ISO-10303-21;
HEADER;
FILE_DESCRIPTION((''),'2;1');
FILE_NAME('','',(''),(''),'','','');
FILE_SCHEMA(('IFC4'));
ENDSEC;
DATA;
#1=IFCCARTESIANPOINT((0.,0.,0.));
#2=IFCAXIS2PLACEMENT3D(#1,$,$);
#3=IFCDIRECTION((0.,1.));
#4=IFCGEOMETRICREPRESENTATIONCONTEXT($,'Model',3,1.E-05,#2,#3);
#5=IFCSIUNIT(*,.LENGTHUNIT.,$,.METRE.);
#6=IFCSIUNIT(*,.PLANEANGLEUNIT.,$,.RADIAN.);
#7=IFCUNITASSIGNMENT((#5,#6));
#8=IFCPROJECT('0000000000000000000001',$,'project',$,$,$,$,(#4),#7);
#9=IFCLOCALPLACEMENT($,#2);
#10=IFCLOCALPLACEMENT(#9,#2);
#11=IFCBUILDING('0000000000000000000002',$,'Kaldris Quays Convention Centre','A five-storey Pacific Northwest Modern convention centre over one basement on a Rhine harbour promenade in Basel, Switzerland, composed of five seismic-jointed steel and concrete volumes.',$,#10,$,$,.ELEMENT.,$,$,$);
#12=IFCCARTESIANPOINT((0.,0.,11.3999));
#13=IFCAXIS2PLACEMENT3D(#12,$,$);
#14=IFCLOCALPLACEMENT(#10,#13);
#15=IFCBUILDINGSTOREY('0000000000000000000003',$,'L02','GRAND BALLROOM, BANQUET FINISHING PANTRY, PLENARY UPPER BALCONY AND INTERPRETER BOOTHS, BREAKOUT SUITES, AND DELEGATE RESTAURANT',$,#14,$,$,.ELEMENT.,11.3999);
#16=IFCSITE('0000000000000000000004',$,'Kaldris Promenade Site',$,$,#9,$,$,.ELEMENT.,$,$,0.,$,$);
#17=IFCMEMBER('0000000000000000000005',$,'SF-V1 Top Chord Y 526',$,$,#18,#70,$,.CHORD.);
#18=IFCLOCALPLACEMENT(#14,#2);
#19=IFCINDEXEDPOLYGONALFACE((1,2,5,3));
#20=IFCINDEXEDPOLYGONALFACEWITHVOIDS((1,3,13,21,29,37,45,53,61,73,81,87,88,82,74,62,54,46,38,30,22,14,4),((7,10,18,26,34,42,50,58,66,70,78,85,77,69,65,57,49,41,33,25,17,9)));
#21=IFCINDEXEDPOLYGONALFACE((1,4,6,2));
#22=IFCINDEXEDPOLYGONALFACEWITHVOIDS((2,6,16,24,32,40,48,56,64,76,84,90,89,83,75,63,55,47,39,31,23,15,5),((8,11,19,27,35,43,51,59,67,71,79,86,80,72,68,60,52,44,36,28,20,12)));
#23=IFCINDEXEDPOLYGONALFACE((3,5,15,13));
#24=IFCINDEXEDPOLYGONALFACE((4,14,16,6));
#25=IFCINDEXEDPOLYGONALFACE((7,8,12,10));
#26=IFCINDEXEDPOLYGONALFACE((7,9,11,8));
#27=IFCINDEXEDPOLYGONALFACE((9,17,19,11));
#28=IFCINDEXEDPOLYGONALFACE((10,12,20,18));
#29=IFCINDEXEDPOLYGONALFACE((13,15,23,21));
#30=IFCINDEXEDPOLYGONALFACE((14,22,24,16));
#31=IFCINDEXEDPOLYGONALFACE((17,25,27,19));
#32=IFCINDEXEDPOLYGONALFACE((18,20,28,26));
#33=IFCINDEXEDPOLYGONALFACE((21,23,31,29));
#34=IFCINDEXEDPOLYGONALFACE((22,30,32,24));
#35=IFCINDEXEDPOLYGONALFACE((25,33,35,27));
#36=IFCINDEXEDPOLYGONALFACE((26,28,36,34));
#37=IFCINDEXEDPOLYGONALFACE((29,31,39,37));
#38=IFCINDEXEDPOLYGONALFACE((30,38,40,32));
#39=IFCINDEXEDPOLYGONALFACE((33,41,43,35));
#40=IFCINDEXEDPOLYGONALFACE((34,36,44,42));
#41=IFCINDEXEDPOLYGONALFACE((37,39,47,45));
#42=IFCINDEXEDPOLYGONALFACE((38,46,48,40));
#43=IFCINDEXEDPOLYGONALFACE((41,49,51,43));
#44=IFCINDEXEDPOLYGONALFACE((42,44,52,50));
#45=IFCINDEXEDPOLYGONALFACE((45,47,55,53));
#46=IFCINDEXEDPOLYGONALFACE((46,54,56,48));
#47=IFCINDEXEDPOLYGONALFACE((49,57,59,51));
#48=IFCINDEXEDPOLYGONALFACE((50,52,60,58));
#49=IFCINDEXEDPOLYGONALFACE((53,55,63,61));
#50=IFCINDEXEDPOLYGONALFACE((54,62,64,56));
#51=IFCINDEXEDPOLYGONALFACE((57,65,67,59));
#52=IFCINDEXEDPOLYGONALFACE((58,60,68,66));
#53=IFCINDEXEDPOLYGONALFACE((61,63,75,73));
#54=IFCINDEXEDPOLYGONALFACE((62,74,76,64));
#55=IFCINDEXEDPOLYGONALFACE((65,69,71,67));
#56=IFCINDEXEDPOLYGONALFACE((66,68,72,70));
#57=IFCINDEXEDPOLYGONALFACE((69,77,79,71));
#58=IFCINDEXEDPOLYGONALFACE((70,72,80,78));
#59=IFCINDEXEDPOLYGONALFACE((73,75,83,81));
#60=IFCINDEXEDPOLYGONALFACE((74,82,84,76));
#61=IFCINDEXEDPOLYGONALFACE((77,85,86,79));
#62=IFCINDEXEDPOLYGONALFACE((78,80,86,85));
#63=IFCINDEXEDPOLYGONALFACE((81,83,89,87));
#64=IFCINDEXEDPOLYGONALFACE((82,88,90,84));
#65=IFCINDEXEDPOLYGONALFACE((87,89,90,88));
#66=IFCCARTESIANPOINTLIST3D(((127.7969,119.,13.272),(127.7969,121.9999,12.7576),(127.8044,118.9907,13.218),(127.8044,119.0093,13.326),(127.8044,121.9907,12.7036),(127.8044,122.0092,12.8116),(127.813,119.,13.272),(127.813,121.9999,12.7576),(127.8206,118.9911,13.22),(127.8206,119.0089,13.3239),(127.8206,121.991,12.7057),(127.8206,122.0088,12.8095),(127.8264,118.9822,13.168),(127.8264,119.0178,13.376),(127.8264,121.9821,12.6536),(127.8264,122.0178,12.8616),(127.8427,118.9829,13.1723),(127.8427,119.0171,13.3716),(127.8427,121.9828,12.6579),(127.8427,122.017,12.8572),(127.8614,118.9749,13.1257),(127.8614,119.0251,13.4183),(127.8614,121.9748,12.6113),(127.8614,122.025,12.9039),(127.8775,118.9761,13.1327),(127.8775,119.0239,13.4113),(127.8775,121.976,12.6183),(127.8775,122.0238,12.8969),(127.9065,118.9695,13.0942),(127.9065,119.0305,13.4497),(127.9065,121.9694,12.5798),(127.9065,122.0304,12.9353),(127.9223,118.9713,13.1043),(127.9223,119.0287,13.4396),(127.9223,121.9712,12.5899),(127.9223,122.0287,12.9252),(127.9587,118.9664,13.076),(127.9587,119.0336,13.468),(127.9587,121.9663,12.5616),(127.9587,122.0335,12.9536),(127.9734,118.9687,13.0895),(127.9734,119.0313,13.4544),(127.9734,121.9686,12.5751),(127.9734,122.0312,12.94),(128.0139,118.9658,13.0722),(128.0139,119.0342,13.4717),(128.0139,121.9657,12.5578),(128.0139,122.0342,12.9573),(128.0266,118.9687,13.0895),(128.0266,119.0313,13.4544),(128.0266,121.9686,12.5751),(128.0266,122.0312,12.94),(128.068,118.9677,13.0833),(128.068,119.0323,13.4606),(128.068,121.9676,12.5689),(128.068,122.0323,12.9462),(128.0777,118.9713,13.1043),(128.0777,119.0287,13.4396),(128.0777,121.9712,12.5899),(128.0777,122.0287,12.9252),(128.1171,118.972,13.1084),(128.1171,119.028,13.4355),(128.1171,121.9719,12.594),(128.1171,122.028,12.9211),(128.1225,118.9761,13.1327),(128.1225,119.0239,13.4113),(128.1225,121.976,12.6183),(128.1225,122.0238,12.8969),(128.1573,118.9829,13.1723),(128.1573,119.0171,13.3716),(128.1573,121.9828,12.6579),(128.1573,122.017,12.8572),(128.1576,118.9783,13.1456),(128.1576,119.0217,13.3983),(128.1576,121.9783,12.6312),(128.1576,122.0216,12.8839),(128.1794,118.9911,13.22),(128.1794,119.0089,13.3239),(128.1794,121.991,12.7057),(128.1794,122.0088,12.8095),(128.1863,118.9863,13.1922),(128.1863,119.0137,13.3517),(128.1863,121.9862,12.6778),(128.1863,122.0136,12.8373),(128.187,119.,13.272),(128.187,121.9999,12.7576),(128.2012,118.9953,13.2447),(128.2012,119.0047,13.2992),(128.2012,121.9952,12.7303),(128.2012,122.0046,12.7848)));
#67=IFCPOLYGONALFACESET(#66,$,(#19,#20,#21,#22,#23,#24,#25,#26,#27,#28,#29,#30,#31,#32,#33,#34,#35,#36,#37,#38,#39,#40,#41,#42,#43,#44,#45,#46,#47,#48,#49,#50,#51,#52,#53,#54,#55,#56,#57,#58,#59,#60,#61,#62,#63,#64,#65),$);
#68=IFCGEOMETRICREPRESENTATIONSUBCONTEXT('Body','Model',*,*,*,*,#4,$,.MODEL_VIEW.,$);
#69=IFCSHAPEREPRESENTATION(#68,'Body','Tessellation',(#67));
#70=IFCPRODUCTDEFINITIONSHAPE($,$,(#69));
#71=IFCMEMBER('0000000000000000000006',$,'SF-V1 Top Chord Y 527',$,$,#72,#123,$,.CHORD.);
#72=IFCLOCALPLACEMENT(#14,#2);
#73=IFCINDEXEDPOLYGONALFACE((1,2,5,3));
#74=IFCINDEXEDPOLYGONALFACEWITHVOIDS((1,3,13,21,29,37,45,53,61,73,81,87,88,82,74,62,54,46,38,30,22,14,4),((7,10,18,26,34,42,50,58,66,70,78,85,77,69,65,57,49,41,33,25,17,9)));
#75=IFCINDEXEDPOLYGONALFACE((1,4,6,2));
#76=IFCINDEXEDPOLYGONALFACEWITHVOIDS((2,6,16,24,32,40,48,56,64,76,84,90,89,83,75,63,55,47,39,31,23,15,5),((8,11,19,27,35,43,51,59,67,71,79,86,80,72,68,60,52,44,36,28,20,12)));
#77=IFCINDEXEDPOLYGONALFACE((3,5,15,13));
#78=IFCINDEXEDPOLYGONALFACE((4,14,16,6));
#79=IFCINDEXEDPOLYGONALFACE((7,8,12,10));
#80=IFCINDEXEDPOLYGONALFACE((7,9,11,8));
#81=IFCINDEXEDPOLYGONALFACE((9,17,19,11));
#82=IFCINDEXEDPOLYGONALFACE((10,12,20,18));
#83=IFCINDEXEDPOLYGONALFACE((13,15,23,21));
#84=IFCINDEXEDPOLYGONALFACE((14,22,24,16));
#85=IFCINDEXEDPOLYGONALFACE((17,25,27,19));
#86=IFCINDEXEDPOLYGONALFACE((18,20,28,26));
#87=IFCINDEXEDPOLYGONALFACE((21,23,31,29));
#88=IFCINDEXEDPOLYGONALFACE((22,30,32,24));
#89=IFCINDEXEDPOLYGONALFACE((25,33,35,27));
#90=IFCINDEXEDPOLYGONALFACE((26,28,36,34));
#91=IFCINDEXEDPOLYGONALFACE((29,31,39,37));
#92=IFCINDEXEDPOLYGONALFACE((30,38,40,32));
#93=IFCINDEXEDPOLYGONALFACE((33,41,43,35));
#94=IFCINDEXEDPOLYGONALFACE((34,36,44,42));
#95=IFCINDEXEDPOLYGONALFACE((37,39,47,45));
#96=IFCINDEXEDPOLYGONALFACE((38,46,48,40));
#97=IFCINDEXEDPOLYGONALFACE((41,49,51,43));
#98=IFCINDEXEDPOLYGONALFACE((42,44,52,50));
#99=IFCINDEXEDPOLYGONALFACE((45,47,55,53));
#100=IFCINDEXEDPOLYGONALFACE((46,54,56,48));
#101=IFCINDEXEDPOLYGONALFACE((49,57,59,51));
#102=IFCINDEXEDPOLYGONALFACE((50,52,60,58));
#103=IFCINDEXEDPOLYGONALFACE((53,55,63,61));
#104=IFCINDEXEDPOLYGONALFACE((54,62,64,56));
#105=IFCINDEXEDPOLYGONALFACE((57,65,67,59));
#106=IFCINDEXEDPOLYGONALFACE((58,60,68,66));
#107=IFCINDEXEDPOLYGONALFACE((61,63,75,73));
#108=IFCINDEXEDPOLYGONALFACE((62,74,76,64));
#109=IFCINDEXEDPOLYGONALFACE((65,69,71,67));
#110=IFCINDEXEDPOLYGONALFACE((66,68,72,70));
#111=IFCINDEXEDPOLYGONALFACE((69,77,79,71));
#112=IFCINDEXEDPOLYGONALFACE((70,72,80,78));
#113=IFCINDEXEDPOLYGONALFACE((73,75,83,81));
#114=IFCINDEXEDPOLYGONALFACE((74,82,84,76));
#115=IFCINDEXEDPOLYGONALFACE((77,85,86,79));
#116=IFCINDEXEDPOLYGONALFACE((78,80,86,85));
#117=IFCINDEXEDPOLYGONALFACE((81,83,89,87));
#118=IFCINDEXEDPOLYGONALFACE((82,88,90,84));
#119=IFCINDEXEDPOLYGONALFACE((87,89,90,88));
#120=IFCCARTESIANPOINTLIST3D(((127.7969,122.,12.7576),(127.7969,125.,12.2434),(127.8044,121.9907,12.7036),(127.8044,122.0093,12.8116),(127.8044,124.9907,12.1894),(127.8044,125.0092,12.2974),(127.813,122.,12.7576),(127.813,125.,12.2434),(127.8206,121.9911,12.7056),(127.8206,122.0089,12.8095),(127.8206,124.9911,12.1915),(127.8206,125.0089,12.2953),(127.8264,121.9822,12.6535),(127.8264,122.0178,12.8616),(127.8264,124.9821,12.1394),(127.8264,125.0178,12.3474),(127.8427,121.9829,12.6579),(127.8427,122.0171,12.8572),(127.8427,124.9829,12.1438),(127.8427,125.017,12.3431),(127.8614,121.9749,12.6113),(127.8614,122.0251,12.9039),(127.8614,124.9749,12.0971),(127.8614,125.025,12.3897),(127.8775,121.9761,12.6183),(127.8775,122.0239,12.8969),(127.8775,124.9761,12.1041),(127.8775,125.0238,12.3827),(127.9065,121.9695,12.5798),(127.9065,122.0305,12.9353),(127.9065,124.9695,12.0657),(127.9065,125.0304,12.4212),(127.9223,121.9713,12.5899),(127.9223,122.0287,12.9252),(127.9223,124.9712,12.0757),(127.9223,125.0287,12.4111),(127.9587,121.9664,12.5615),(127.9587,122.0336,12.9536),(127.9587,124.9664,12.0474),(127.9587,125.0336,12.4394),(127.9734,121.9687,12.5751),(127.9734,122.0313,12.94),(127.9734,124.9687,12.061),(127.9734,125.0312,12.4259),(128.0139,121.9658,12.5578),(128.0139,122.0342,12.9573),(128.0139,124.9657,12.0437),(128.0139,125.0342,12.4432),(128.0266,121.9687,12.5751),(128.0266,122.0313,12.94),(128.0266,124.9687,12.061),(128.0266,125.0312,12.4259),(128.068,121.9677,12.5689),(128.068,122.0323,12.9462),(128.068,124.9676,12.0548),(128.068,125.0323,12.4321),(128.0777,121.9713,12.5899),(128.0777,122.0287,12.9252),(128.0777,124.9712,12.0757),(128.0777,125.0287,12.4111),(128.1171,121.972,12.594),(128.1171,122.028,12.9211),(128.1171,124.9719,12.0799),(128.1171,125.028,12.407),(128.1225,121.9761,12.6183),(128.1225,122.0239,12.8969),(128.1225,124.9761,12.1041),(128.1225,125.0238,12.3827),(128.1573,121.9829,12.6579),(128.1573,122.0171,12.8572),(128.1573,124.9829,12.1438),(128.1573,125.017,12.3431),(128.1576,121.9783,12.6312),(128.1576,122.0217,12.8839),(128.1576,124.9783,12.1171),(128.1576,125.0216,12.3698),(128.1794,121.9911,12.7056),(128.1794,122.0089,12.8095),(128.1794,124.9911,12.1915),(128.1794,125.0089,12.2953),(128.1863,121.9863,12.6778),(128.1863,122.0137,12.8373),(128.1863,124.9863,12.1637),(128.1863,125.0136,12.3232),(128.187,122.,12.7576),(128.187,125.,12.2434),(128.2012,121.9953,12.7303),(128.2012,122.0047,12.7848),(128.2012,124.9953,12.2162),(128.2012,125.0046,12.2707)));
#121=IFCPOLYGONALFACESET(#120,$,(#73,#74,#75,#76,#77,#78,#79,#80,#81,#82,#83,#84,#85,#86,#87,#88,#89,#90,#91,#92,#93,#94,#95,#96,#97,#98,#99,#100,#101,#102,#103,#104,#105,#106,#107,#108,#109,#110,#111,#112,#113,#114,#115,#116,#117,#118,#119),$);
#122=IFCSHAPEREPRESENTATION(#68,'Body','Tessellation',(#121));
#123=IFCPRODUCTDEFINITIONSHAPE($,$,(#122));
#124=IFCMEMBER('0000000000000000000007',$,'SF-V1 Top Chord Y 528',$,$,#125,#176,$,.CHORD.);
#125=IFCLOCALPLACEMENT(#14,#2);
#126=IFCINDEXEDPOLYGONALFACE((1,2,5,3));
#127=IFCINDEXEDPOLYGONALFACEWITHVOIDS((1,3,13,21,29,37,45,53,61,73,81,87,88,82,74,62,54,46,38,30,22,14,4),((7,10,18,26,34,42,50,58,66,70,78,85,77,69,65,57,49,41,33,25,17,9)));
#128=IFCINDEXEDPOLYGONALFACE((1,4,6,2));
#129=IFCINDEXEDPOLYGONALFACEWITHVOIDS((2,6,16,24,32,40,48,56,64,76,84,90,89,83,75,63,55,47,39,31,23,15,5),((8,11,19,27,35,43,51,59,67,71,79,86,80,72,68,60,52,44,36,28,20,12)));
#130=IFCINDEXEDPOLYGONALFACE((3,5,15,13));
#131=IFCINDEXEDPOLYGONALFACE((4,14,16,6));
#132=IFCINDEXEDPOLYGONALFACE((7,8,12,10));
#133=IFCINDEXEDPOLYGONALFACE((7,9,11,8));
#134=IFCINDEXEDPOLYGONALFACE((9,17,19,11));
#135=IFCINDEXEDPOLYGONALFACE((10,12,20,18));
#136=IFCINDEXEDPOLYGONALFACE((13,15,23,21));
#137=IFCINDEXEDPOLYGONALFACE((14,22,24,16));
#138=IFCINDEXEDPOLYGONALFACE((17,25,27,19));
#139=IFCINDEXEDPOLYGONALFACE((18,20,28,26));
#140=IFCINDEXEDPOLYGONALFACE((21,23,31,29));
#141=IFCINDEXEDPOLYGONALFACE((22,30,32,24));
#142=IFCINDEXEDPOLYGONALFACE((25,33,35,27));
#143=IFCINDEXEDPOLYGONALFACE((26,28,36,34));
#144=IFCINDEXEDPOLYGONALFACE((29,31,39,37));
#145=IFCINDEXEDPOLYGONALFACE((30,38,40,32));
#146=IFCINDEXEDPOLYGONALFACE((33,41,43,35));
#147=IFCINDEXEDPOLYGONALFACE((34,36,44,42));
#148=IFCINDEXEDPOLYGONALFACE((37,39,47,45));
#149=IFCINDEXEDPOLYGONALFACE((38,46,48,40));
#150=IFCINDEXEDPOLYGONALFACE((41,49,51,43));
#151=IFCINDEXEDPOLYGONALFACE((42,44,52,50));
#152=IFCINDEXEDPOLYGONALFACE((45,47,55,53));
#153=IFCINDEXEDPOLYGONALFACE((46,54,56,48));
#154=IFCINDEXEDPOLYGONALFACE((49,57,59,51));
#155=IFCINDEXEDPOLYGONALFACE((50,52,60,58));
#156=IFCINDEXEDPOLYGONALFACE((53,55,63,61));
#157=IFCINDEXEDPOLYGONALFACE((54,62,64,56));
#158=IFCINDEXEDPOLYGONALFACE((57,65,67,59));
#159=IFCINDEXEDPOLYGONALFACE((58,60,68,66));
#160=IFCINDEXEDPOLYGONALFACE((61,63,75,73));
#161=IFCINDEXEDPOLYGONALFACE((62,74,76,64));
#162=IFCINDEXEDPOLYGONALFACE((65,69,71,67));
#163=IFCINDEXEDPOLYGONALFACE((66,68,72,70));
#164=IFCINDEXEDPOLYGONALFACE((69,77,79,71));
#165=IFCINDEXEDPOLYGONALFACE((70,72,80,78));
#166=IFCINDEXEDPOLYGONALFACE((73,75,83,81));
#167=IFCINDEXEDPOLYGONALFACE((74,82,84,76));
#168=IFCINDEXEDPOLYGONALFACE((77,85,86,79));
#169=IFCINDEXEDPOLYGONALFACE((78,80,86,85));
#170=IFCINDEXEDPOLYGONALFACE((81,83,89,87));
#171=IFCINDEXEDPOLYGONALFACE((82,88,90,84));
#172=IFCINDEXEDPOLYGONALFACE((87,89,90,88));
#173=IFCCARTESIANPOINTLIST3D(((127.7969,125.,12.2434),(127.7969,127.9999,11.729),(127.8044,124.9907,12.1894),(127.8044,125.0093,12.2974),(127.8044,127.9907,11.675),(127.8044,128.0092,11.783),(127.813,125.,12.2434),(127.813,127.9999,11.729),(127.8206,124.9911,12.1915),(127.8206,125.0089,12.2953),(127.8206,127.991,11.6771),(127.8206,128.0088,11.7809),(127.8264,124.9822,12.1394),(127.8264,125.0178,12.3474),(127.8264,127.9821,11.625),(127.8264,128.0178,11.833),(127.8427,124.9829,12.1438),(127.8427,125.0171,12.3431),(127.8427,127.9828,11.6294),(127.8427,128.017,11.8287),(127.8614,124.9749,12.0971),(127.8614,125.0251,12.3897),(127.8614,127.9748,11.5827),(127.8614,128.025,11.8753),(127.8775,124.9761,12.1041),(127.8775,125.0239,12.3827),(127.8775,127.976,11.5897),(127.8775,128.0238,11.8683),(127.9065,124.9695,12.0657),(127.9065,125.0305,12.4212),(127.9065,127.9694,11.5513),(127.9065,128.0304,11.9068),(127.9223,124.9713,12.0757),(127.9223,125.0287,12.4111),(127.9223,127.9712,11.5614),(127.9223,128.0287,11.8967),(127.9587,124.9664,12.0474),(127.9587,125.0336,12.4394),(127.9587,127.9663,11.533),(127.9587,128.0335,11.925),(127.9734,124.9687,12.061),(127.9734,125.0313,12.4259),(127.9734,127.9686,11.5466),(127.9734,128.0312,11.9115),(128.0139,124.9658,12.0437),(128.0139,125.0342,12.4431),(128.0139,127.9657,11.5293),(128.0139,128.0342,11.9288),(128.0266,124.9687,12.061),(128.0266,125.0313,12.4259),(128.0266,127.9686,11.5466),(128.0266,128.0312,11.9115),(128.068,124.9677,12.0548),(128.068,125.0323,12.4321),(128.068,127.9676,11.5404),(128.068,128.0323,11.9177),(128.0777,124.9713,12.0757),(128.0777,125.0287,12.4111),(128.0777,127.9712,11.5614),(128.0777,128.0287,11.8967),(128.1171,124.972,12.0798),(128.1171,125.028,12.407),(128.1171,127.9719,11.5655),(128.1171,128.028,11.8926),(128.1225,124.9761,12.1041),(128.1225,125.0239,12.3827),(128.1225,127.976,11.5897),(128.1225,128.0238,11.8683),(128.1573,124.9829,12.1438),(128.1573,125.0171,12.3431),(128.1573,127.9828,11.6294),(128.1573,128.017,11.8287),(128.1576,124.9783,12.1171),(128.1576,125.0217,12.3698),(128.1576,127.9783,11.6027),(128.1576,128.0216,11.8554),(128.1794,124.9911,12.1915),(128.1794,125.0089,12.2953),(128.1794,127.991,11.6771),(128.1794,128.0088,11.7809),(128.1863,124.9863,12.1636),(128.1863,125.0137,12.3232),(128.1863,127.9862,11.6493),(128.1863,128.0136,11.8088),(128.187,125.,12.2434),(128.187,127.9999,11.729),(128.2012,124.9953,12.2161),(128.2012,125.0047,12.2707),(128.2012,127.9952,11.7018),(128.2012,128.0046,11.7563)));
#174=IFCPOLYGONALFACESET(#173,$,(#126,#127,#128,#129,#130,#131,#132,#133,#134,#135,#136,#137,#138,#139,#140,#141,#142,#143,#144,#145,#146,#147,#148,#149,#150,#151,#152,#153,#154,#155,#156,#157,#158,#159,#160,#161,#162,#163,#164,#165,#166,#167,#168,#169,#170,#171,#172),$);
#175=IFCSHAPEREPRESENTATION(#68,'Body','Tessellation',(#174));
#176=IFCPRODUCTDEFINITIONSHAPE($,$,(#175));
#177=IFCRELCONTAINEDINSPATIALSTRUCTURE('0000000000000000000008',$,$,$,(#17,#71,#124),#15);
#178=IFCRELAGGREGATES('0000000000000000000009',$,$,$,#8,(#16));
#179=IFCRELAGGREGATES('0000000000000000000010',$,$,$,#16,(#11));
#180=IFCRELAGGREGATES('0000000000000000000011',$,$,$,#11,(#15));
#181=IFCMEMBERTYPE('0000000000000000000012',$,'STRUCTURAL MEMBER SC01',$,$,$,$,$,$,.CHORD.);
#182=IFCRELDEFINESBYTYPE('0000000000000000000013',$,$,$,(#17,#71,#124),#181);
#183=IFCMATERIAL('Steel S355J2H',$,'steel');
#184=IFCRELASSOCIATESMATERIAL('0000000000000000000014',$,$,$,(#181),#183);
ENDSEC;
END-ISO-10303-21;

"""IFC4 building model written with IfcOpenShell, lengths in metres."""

from ifc_helpers import new_model, si_unit, direction, frame, origin, origin_2d, place, context, subcontext, project, spatial, hollow_circle, extrude, material, material_profile, profile_set, type_object, element, save


model = new_model("IFC4")

# Units and contexts
model_context = context("Model", 3, precision=1e-05, world=origin(), true_north=direction((0.0, 1.0)))
body_context = subcontext(model_context, "Body", "Model", "MODEL_VIEW")
ifc_project = project(units=[si_unit("LENGTHUNIT", "METRE"), si_unit("PLANEANGLEUNIT", "RADIAN")], contexts=[model_context])

# Site, building, storey
site_placement = place(None, origin())
site = spatial("IfcSite", under=ifc_project, at=site_placement, Name="Kaldris Promenade Site", CompositionType="ELEMENT", RefElevation=0.0)
building_placement = place(site_placement, origin())
building = spatial("IfcBuilding", under=site, at=building_placement, Name="Kaldris Quays Convention Centre", Description="A five-storey Pacific Northwest Modern convention centre over one basement on a Rhine harbour promenade in Basel, Switzerland, composed of five seismic-jointed steel and concrete volumes.", CompositionType="ELEMENT")
storey_placement = place(building_placement, frame((0.0, 0.0, 11.3999)))
storey = spatial("IfcBuildingStorey", under=building, at=storey_placement, Name="L02", Description="GRAND BALLROOM, BANQUET FINISHING PANTRY, PLENARY UPPER BALCONY AND INTERPRETER BOOTHS, BREAKOUT SUITES, AND DELEGATE RESTAURANT", CompositionType="ELEMENT", Elevation=11.3999)

# Members
ifc_material_1 = material(Name="Steel S355J2H", Category="steel")
ifc_material_profile_1 = material_profile(ifc_material_1, hollow_circle(Radius=0.2031, WallThickness=0.0161, at=origin_2d()), Name="CHS 406.4x16")
ifc_profile_set_1 = profile_set([ifc_material_profile_1], Name="Steel S355J2H")
member_type_1 = type_object("IfcMemberType", Name="STRUCTURAL MEMBER SC01", PredefinedType="CHORD", material=ifc_profile_set_1)
for number, where, z_axis, x_axis, name in (
    (1, (128.0, 119.0, 13.272), (0.0, 0.985616, -0.169002), (-1.0, 0.0, 0.0), "SF-V1 Top Chord Y 526"),
    (2, (128.0, 122.0, 12.7576), (0.0, 0.985629, -0.168924), (-1.0, 0.0, 0.0), "SF-V1 Top Chord Y 527"),
    (3, (128.0, 125.0, 12.2434), (0.0, 0.985616, -0.169002), (-1.0, 0.0, 0.0), "SF-V1 Top Chord Y 528"),
):
    element("IfcMember", number, at=place(storey_placement, frame(where, z_axis=z_axis, x_axis=x_axis)), inside=storey, type_object=member_type_1, Name=name, PredefinedType="CHORD", context=body_context, shape_type="SweptSolid", body=[
        extrude(hollow_circle(Radius=0.2031, WallThickness=0.0161, at=origin_2d()), origin(), (0.0, 0.0, 1.0), 3.0437),
    ])

save(model, "model.ifc")
